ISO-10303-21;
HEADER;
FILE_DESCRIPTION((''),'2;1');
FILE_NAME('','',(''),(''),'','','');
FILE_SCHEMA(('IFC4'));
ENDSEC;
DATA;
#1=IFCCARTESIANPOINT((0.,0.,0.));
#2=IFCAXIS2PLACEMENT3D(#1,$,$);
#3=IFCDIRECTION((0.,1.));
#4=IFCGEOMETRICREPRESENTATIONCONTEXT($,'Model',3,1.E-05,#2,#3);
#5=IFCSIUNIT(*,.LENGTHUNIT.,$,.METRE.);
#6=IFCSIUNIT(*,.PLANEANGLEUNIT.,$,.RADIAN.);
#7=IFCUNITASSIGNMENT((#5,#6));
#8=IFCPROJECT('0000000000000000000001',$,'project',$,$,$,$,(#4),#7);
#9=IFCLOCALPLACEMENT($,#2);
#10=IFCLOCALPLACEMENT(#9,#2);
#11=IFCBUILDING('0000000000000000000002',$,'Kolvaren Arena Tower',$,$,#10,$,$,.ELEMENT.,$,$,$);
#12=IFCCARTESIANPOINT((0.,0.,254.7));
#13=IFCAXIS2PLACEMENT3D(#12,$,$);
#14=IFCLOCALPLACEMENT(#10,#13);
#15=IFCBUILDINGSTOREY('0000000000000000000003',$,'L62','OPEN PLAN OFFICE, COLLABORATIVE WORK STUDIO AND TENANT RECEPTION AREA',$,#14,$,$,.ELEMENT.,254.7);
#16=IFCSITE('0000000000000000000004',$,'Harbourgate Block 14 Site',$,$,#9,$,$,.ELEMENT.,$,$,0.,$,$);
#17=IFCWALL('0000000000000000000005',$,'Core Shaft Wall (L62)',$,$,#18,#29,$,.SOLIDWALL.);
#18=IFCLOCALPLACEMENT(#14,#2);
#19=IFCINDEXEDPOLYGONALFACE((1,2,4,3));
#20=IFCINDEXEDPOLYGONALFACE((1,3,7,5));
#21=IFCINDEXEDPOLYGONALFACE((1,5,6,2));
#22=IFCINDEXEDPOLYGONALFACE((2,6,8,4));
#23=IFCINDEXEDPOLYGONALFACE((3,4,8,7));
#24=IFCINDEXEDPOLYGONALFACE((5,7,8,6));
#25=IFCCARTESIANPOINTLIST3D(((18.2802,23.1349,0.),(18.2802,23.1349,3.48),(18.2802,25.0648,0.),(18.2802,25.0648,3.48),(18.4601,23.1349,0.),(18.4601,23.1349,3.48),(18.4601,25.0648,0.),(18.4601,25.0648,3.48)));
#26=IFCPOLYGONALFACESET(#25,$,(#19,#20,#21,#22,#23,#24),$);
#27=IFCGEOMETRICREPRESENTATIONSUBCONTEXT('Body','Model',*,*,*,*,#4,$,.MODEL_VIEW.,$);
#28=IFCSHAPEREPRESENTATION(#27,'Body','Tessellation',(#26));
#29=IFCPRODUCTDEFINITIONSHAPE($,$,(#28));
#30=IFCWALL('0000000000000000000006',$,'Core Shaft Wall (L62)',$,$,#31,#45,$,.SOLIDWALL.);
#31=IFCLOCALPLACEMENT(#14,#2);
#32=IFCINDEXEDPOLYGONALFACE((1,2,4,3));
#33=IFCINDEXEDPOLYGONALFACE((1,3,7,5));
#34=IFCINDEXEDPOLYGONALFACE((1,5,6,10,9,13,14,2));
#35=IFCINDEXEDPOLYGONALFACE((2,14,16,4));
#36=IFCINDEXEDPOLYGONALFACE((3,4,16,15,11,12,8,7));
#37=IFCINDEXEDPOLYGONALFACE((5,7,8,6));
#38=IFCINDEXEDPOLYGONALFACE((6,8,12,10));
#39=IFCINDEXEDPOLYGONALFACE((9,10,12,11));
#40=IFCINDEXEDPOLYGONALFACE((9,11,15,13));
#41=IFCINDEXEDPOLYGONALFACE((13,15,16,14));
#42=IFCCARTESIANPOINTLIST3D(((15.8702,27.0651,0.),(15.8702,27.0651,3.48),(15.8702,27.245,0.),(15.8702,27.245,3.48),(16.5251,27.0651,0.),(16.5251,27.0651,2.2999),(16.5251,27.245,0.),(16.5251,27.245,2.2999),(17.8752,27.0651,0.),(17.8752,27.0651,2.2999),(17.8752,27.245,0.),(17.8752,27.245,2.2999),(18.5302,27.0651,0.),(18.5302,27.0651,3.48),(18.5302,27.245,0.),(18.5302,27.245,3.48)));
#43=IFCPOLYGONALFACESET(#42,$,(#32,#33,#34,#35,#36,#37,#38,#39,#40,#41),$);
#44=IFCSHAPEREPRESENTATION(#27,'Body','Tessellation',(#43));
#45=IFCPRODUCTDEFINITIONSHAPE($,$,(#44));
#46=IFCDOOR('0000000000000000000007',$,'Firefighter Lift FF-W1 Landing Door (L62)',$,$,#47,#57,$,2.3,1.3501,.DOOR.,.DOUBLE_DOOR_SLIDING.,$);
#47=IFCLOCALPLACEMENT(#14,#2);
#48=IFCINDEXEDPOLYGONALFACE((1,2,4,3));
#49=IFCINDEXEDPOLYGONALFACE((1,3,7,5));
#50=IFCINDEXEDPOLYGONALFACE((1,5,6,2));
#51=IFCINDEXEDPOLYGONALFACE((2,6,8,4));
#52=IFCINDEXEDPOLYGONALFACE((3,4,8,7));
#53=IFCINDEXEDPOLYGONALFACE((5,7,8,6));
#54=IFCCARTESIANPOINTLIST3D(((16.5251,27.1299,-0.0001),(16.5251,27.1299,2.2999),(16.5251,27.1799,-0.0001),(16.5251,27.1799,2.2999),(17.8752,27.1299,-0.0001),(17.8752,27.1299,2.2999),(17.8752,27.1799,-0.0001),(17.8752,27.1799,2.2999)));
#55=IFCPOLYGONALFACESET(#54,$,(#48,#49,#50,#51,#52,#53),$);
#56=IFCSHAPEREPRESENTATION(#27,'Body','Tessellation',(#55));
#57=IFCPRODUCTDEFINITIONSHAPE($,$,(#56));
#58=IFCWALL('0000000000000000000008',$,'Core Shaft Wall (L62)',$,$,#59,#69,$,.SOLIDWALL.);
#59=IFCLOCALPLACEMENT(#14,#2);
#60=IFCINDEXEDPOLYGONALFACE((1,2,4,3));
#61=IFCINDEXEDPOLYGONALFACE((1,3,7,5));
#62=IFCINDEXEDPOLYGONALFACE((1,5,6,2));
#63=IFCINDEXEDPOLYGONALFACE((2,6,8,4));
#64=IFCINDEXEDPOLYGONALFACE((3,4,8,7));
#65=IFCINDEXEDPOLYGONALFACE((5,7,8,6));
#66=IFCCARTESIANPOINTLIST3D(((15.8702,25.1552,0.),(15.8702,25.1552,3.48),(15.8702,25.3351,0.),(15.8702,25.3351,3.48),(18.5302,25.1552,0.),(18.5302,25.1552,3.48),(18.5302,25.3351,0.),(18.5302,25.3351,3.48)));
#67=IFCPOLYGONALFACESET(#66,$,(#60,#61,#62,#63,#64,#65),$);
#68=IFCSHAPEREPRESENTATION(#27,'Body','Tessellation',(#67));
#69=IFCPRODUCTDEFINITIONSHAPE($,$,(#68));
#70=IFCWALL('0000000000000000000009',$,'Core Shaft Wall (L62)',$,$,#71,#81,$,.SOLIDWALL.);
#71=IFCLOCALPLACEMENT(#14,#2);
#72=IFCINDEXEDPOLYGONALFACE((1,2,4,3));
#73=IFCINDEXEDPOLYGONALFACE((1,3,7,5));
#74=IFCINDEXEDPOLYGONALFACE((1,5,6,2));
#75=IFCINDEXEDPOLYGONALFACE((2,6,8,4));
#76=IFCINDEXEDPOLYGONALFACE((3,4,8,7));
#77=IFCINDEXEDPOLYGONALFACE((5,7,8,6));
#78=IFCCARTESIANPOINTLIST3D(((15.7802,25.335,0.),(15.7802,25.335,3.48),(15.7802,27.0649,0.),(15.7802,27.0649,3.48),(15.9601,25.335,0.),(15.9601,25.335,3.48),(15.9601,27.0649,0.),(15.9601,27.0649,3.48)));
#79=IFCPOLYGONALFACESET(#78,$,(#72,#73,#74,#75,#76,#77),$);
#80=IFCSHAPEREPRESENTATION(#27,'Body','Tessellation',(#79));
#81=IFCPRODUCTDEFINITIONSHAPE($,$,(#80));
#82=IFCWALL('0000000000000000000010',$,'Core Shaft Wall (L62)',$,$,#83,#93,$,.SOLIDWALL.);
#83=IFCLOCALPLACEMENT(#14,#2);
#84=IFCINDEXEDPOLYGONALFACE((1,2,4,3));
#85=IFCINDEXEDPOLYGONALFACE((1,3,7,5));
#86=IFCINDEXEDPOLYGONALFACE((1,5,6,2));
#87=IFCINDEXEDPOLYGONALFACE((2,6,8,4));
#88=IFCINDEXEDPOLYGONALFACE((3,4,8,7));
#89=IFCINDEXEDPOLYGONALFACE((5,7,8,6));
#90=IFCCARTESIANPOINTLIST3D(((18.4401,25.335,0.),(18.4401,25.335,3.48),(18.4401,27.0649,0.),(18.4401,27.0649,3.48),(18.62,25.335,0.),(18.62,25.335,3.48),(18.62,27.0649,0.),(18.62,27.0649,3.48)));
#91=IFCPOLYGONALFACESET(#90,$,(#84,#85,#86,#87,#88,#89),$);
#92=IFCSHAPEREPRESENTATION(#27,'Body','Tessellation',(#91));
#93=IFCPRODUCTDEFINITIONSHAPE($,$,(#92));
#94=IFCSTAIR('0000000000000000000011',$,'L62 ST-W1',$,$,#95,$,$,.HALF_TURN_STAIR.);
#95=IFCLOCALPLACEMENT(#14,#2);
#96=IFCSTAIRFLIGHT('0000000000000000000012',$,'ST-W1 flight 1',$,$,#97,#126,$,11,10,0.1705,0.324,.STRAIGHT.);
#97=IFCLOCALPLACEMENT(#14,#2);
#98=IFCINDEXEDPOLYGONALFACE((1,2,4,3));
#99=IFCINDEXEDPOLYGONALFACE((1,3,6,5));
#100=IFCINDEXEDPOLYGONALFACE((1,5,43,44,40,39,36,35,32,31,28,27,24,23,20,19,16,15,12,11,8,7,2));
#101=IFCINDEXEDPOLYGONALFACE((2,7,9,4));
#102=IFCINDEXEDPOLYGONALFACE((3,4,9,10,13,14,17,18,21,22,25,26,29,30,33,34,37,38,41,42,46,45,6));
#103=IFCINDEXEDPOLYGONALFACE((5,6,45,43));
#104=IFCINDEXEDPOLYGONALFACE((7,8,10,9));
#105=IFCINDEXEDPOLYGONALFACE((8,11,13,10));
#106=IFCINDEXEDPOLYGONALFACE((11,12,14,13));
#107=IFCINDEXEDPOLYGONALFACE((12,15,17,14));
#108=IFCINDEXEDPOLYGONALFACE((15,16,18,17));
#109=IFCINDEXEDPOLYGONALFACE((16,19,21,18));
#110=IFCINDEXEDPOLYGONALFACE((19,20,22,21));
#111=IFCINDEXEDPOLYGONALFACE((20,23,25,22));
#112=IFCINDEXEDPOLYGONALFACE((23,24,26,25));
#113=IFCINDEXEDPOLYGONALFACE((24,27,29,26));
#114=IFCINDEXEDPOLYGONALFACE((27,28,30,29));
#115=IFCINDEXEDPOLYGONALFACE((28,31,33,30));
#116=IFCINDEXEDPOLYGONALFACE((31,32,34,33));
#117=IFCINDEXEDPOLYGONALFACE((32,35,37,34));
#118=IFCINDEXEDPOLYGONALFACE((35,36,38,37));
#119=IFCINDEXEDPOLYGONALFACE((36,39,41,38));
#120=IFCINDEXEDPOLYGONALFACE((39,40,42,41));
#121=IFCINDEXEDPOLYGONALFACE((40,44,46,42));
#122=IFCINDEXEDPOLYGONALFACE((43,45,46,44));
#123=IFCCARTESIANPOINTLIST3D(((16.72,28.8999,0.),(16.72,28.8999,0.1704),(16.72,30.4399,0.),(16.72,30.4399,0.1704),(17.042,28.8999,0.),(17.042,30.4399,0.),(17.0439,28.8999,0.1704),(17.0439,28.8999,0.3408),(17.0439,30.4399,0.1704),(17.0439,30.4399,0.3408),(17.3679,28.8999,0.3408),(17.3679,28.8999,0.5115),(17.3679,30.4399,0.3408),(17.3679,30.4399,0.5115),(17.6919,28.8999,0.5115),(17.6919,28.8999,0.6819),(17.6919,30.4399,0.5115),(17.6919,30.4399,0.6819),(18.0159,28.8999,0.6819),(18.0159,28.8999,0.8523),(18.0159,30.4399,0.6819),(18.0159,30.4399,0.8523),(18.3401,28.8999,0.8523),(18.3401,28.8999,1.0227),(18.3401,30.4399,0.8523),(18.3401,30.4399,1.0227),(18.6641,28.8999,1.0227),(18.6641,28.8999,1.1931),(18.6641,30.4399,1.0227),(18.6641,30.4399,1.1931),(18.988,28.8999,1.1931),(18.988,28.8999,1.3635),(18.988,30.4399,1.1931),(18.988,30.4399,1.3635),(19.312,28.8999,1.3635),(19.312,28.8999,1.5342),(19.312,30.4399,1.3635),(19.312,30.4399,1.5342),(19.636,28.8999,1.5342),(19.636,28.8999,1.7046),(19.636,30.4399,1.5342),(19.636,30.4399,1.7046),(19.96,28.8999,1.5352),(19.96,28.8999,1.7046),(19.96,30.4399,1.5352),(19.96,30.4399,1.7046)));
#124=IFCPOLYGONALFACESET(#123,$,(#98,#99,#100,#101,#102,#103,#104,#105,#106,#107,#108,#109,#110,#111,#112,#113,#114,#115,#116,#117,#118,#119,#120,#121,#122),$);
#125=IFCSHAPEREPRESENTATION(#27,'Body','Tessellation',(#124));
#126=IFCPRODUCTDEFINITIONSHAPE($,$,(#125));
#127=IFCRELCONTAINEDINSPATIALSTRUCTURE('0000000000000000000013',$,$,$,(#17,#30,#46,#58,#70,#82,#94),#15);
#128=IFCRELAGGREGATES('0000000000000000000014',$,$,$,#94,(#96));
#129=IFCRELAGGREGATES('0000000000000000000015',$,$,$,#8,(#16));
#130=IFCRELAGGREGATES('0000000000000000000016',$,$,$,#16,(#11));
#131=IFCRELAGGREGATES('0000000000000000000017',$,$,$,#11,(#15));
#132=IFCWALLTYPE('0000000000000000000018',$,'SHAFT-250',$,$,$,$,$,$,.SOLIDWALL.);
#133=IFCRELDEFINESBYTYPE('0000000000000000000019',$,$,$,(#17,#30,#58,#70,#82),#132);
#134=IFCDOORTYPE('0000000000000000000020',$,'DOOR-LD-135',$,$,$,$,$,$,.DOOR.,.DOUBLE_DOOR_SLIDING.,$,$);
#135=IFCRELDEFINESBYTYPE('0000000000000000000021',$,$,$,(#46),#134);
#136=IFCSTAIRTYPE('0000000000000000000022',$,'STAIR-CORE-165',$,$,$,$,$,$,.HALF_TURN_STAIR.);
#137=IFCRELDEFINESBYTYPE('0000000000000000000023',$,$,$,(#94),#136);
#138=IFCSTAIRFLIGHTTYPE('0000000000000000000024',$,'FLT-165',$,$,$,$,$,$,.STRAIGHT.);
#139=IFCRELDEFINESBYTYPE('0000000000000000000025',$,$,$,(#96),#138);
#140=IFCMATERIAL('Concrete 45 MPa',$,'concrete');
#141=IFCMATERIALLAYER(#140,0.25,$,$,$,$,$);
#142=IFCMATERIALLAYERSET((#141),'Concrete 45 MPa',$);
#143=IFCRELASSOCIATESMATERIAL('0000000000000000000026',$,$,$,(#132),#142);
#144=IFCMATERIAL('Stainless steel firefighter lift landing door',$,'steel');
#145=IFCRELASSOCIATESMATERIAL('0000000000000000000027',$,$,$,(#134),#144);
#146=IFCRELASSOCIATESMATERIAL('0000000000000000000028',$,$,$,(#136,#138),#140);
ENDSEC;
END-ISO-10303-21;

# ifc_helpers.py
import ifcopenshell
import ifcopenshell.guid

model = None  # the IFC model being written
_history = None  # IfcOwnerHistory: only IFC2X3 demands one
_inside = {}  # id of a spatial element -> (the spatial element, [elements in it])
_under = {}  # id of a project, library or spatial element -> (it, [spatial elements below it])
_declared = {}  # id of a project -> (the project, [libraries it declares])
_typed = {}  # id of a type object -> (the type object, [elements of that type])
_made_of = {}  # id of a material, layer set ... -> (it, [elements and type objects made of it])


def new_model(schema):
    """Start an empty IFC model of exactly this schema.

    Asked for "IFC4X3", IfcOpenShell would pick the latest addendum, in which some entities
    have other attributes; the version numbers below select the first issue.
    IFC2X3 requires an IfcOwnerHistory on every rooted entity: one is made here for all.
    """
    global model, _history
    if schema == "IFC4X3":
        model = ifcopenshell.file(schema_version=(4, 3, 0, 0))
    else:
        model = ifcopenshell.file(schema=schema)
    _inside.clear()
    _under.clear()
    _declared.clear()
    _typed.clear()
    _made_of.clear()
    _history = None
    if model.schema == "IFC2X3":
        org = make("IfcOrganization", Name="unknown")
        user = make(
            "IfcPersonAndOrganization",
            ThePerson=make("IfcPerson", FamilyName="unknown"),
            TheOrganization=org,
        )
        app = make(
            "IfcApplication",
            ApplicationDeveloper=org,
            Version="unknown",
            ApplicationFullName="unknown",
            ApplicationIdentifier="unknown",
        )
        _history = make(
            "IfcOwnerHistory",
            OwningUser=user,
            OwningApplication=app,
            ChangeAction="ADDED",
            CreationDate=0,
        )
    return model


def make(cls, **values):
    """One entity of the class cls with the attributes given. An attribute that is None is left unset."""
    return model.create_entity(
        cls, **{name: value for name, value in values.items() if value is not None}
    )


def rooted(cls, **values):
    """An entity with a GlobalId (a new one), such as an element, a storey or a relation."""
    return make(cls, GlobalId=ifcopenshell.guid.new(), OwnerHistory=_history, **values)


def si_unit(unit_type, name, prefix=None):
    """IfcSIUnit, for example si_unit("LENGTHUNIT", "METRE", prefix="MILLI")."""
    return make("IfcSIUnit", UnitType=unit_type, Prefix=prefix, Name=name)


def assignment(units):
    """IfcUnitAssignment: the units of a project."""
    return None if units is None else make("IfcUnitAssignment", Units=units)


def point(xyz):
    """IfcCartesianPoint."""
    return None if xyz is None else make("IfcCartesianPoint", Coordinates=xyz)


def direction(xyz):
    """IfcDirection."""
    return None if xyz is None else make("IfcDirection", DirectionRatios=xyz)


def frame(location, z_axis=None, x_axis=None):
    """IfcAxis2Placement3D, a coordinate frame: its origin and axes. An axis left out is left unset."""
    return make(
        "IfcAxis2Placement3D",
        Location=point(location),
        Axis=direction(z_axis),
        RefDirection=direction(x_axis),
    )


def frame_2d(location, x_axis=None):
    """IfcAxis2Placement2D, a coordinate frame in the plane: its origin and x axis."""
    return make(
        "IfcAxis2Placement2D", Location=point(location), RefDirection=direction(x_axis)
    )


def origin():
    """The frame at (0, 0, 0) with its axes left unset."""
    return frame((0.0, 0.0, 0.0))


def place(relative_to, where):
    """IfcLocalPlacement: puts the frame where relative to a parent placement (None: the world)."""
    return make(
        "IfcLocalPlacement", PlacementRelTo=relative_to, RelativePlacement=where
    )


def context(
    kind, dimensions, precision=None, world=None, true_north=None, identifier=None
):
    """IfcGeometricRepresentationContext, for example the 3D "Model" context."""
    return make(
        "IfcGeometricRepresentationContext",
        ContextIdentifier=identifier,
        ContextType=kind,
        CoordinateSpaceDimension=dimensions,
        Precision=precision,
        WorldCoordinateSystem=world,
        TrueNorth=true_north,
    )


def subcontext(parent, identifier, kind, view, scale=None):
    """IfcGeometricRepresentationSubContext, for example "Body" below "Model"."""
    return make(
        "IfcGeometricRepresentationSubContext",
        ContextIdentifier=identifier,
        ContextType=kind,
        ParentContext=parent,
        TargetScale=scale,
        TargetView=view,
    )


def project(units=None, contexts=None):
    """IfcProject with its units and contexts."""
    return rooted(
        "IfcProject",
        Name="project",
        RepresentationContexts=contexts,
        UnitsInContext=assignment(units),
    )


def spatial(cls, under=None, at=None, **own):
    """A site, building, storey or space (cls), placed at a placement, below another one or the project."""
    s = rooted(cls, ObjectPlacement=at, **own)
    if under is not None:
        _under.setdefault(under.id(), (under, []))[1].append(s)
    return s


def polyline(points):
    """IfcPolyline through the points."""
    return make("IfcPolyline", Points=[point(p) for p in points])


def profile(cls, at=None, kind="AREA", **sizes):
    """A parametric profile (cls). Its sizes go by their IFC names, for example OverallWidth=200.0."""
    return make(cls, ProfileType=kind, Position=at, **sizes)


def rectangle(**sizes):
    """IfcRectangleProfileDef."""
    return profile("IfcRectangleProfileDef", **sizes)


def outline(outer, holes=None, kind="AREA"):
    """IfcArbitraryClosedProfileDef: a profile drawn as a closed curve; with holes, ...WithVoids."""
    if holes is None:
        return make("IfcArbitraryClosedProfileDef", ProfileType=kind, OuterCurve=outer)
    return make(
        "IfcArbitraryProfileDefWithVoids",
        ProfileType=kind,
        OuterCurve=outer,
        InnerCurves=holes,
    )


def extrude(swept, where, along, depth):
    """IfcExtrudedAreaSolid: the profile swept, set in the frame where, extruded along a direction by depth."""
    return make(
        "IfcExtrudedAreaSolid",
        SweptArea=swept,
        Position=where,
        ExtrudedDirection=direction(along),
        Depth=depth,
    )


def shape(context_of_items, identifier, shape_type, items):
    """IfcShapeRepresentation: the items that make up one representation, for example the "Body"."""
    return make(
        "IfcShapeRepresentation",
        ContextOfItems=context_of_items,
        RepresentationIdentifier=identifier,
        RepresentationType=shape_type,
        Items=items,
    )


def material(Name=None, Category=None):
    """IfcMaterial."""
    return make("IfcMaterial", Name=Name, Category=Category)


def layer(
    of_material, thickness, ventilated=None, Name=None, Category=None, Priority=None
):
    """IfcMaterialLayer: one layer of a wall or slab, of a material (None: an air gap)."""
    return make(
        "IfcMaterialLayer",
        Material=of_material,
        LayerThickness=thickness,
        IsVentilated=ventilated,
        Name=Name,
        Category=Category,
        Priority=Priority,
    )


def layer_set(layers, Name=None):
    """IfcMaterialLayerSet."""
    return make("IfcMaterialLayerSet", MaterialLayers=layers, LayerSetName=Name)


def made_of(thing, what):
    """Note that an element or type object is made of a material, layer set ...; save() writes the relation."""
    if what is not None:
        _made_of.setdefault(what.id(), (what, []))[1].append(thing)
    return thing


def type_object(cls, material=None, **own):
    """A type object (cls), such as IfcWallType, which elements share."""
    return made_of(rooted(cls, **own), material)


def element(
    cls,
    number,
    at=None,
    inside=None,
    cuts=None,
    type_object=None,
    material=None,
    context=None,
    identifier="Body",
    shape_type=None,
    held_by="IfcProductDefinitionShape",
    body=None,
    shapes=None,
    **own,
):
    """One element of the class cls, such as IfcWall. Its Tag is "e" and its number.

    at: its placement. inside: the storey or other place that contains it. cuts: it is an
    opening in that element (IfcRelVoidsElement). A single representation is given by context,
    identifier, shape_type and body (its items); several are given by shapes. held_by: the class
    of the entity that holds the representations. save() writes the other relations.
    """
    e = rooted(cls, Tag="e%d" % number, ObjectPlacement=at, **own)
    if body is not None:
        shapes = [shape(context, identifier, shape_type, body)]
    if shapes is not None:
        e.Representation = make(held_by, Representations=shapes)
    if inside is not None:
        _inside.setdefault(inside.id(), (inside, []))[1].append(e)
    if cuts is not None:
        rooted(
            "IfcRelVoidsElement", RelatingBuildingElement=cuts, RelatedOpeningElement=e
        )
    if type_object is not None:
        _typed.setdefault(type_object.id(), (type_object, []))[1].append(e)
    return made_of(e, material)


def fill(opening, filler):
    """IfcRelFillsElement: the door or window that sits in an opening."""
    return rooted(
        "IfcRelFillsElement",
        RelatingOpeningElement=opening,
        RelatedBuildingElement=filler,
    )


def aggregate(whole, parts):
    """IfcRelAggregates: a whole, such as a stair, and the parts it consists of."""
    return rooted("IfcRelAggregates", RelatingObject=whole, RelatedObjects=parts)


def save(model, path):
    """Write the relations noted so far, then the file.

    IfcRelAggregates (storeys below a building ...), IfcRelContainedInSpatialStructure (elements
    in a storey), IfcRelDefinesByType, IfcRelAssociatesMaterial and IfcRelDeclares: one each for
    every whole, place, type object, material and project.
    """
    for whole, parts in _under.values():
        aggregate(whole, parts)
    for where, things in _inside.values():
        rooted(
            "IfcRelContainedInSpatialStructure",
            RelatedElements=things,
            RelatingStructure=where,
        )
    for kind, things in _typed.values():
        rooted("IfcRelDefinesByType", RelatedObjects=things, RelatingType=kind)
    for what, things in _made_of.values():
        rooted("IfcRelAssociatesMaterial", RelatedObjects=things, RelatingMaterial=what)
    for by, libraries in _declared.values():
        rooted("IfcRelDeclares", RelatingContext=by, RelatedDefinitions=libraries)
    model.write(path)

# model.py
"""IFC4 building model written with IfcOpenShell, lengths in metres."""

from ifc_helpers import new_model, si_unit, direction, frame, frame_2d, origin, place, context, subcontext, project, spatial, polyline, rectangle, outline, extrude, material, layer, layer_set, type_object, element, fill, aggregate, save


model = new_model("IFC4")

# Units and contexts
model_context = context("Model", 3, precision=1e-05, world=origin(), true_north=direction((0.0, 1.0)))
body_context = subcontext(model_context, "Body", "Model", "MODEL_VIEW")
ifc_project = project(units=[si_unit("LENGTHUNIT", "METRE"), si_unit("PLANEANGLEUNIT", "RADIAN")], contexts=[model_context])

# Site, building, storey
site_placement = place(None, origin())
site = spatial("IfcSite", under=ifc_project, at=site_placement, Name="Harbourgate Block 14 Site", CompositionType="ELEMENT", RefElevation=0.0)
building_placement = place(site_placement, origin())
building = spatial("IfcBuilding", under=site, at=building_placement, Name="Kolvaren Arena Tower", CompositionType="ELEMENT")
storey_placement = place(building_placement, frame((0.0, 0.0, 254.7)))
storey = spatial("IfcBuildingStorey", under=building, at=storey_placement, Name="L62", Description="OPEN PLAN OFFICE, COLLABORATIVE WORK STUDIO AND TENANT RECEPTION AREA", CompositionType="ELEMENT", Elevation=254.7)

# Wall
ifc_material_1 = material(Name="Concrete 45 MPa", Category="concrete")
ifc_layer_1 = layer(ifc_material_1, 0.25)
ifc_layer_set_1 = layer_set([ifc_layer_1], Name="Concrete 45 MPa")
wall_type_1 = type_object("IfcWallType", Name="SHAFT-250", PredefinedType="SOLIDWALL", material=ifc_layer_set_1)
wall_1_placement = place(storey_placement, frame((18.3701, 23.135, 0.0), z_axis=(0.0, 0.0, 1.0), x_axis=(0.0, 1.0, 0.0)))
element("IfcWall", 1, at=wall_1_placement, inside=storey, type_object=wall_type_1, Name="Core Shaft Wall (L62)", PredefinedType="SOLIDWALL", context=body_context, shape_type="SweptSolid", body=[
    extrude(rectangle(XDim=1.9299, YDim=0.1799, at=frame_2d((0.9648, 0.0))), origin(), (0.0, 0.0, 1.0), 3.48),
])

# Wall, opening, door
wall_2_placement = place(storey_placement, frame((15.8701, 27.155, 0.0), z_axis=(0.0, 0.0, 1.0), x_axis=(1.0, 0.0, 0.0)))
wall_2 = element("IfcWall", 2, at=wall_2_placement, inside=storey, type_object=wall_type_1, Name="Core Shaft Wall (L62)", PredefinedType="SOLIDWALL", context=body_context, shape_type="SweptSolid", body=[
    extrude(rectangle(XDim=2.6599, YDim=0.1799, at=frame_2d((1.3301, 0.0))), origin(), (0.0, 0.0, 1.0), 3.48),
])
opening_1_placement = place(wall_2_placement, frame((0.655, 0.0, 0.0)))
opening_1 = element("IfcOpeningElement", 3, at=opening_1_placement, cuts=wall_2, PredefinedType="OPENING", context=body_context, shape_type="SweptSolid", body=[
    extrude(rectangle(XDim=1.3501, YDim=2.3, at=frame_2d((0.675, 1.1499))), frame((0.0, 0.0999, 0.0), z_axis=(0.0, -1.0, 0.0), x_axis=(1.0, 0.0, 0.0)), (0.0, 0.0, 1.0), 0.2),
])
ifc_material_2 = material(Name="Stainless steel firefighter lift landing door", Category="steel")
door_type_1 = type_object("IfcDoorType", Name="DOOR-LD-135", OperationType="DOUBLE_DOOR_SLIDING", PredefinedType="DOOR", material=ifc_material_2)
door_1_placement = place(opening_1_placement, origin())
door_1 = element("IfcDoor", 4, at=door_1_placement, inside=storey, type_object=door_type_1, Name="Firefighter Lift FF-W1 Landing Door (L62)", OperationType="DOUBLE_DOOR_SLIDING", OverallHeight=2.3, OverallWidth=1.3501, PredefinedType="DOOR", context=body_context, shape_type="SweptSolid", body=[
    extrude(rectangle(XDim=1.3501, YDim=2.3, at=frame_2d((0.675, 1.1499))), frame((0.0, 0.0249, 0.0), z_axis=(0.0, -1.0, 0.0), x_axis=(1.0, 0.0, 0.0)), (0.0, 0.0, 1.0), 0.05),
])
fill(opening_1, door_1)

# Walls
wall_3_placement = place(storey_placement, frame((15.8701, 25.2451, 0.0), z_axis=(0.0, 0.0, 1.0), x_axis=(1.0, 0.0, 0.0)))
element("IfcWall", 5, at=wall_3_placement, inside=storey, type_object=wall_type_1, Name="Core Shaft Wall (L62)", PredefinedType="SOLIDWALL", context=body_context, shape_type="SweptSolid", body=[
    extrude(rectangle(XDim=2.6599, YDim=0.1799, at=frame_2d((1.3301, 0.0))), origin(), (0.0, 0.0, 1.0), 3.48),
])
for number, where, z_axis, x_axis, name in (
    (6, (15.8701, 25.335, 0.0), (0.0, 0.0, 1.0), (0.0, 1.0, 0.0), "Core Shaft Wall (L62)"),
    (7, (18.53, 25.335, 0.0), (0.0, 0.0, 1.0), (0.0, 1.0, 0.0), "Core Shaft Wall (L62)"),
):
    element("IfcWall", number, at=place(storey_placement, frame(where, z_axis=z_axis, x_axis=x_axis)), inside=storey, type_object=wall_type_1, Name=name, PredefinedType="SOLIDWALL", context=body_context, shape_type="SweptSolid", body=[
        extrude(rectangle(XDim=1.73, YDim=0.1799, at=frame_2d((0.865, 0.0))), origin(), (0.0, 0.0, 1.0), 3.48),
    ])

# Stair, stair flight
stair_type = type_object("IfcStairType", Name="STAIR-CORE-165", PredefinedType="HALF_TURN_STAIR", material=ifc_material_1)
stair_placement = place(storey_placement, origin())
stair = element("IfcStair", 8, at=stair_placement, inside=storey, type_object=stair_type, Name="L62 ST-W1", PredefinedType="HALF_TURN_STAIR")
stair_flight_type = type_object("IfcStairFlightType", Name="FLT-165", PredefinedType="STRAIGHT", material=ifc_material_1)
stair_flight_placement = place(storey_placement, frame((16.72, 29.6699, 0.0), z_axis=(0.0, 0.0, 1.0), x_axis=(1.0, 0.0, 0.0)))
stair_flight = element("IfcStairFlight", 9, at=stair_flight_placement, type_object=stair_flight_type, Name="ST-W1 flight 1", NumberOfRisers=11, NumberOfTreads=10, PredefinedType="STRAIGHT", RiserHeight=0.1705, TreadLength=0.324, context=body_context, shape_type="SweptSolid", body=[
    extrude(outline(polyline([(0.0, 0.0), (0.0, 0.1704), (0.324, 0.1704), (0.324, 0.3408), (0.6479, 0.3408), (0.6479, 0.5115), (0.9719, 0.5115), (0.9719, 0.6819), (1.2959, 0.6819), (1.2959, 0.8523), (1.6201, 0.8523), (1.6201, 1.0227), (1.9441, 1.0227), (1.9441, 1.1931), (2.2681, 1.1931), (2.2681, 1.3635), (2.592, 1.3635), (2.592, 1.5342), (2.916, 1.5342), (2.916, 1.7046), (3.24, 1.7046), (3.24, 1.875), (3.24, 1.5352), (0.322, 0.0), (0.0, 0.0)])), frame((0.0, 0.77, 0.0), z_axis=(0.0, -1.0, 0.0), x_axis=(1.0, 0.0, 0.0)), (0.0, 0.0, 1.0), 1.54),
])
aggregate(stair, [stair_flight])

save(model, "model.ifc")
